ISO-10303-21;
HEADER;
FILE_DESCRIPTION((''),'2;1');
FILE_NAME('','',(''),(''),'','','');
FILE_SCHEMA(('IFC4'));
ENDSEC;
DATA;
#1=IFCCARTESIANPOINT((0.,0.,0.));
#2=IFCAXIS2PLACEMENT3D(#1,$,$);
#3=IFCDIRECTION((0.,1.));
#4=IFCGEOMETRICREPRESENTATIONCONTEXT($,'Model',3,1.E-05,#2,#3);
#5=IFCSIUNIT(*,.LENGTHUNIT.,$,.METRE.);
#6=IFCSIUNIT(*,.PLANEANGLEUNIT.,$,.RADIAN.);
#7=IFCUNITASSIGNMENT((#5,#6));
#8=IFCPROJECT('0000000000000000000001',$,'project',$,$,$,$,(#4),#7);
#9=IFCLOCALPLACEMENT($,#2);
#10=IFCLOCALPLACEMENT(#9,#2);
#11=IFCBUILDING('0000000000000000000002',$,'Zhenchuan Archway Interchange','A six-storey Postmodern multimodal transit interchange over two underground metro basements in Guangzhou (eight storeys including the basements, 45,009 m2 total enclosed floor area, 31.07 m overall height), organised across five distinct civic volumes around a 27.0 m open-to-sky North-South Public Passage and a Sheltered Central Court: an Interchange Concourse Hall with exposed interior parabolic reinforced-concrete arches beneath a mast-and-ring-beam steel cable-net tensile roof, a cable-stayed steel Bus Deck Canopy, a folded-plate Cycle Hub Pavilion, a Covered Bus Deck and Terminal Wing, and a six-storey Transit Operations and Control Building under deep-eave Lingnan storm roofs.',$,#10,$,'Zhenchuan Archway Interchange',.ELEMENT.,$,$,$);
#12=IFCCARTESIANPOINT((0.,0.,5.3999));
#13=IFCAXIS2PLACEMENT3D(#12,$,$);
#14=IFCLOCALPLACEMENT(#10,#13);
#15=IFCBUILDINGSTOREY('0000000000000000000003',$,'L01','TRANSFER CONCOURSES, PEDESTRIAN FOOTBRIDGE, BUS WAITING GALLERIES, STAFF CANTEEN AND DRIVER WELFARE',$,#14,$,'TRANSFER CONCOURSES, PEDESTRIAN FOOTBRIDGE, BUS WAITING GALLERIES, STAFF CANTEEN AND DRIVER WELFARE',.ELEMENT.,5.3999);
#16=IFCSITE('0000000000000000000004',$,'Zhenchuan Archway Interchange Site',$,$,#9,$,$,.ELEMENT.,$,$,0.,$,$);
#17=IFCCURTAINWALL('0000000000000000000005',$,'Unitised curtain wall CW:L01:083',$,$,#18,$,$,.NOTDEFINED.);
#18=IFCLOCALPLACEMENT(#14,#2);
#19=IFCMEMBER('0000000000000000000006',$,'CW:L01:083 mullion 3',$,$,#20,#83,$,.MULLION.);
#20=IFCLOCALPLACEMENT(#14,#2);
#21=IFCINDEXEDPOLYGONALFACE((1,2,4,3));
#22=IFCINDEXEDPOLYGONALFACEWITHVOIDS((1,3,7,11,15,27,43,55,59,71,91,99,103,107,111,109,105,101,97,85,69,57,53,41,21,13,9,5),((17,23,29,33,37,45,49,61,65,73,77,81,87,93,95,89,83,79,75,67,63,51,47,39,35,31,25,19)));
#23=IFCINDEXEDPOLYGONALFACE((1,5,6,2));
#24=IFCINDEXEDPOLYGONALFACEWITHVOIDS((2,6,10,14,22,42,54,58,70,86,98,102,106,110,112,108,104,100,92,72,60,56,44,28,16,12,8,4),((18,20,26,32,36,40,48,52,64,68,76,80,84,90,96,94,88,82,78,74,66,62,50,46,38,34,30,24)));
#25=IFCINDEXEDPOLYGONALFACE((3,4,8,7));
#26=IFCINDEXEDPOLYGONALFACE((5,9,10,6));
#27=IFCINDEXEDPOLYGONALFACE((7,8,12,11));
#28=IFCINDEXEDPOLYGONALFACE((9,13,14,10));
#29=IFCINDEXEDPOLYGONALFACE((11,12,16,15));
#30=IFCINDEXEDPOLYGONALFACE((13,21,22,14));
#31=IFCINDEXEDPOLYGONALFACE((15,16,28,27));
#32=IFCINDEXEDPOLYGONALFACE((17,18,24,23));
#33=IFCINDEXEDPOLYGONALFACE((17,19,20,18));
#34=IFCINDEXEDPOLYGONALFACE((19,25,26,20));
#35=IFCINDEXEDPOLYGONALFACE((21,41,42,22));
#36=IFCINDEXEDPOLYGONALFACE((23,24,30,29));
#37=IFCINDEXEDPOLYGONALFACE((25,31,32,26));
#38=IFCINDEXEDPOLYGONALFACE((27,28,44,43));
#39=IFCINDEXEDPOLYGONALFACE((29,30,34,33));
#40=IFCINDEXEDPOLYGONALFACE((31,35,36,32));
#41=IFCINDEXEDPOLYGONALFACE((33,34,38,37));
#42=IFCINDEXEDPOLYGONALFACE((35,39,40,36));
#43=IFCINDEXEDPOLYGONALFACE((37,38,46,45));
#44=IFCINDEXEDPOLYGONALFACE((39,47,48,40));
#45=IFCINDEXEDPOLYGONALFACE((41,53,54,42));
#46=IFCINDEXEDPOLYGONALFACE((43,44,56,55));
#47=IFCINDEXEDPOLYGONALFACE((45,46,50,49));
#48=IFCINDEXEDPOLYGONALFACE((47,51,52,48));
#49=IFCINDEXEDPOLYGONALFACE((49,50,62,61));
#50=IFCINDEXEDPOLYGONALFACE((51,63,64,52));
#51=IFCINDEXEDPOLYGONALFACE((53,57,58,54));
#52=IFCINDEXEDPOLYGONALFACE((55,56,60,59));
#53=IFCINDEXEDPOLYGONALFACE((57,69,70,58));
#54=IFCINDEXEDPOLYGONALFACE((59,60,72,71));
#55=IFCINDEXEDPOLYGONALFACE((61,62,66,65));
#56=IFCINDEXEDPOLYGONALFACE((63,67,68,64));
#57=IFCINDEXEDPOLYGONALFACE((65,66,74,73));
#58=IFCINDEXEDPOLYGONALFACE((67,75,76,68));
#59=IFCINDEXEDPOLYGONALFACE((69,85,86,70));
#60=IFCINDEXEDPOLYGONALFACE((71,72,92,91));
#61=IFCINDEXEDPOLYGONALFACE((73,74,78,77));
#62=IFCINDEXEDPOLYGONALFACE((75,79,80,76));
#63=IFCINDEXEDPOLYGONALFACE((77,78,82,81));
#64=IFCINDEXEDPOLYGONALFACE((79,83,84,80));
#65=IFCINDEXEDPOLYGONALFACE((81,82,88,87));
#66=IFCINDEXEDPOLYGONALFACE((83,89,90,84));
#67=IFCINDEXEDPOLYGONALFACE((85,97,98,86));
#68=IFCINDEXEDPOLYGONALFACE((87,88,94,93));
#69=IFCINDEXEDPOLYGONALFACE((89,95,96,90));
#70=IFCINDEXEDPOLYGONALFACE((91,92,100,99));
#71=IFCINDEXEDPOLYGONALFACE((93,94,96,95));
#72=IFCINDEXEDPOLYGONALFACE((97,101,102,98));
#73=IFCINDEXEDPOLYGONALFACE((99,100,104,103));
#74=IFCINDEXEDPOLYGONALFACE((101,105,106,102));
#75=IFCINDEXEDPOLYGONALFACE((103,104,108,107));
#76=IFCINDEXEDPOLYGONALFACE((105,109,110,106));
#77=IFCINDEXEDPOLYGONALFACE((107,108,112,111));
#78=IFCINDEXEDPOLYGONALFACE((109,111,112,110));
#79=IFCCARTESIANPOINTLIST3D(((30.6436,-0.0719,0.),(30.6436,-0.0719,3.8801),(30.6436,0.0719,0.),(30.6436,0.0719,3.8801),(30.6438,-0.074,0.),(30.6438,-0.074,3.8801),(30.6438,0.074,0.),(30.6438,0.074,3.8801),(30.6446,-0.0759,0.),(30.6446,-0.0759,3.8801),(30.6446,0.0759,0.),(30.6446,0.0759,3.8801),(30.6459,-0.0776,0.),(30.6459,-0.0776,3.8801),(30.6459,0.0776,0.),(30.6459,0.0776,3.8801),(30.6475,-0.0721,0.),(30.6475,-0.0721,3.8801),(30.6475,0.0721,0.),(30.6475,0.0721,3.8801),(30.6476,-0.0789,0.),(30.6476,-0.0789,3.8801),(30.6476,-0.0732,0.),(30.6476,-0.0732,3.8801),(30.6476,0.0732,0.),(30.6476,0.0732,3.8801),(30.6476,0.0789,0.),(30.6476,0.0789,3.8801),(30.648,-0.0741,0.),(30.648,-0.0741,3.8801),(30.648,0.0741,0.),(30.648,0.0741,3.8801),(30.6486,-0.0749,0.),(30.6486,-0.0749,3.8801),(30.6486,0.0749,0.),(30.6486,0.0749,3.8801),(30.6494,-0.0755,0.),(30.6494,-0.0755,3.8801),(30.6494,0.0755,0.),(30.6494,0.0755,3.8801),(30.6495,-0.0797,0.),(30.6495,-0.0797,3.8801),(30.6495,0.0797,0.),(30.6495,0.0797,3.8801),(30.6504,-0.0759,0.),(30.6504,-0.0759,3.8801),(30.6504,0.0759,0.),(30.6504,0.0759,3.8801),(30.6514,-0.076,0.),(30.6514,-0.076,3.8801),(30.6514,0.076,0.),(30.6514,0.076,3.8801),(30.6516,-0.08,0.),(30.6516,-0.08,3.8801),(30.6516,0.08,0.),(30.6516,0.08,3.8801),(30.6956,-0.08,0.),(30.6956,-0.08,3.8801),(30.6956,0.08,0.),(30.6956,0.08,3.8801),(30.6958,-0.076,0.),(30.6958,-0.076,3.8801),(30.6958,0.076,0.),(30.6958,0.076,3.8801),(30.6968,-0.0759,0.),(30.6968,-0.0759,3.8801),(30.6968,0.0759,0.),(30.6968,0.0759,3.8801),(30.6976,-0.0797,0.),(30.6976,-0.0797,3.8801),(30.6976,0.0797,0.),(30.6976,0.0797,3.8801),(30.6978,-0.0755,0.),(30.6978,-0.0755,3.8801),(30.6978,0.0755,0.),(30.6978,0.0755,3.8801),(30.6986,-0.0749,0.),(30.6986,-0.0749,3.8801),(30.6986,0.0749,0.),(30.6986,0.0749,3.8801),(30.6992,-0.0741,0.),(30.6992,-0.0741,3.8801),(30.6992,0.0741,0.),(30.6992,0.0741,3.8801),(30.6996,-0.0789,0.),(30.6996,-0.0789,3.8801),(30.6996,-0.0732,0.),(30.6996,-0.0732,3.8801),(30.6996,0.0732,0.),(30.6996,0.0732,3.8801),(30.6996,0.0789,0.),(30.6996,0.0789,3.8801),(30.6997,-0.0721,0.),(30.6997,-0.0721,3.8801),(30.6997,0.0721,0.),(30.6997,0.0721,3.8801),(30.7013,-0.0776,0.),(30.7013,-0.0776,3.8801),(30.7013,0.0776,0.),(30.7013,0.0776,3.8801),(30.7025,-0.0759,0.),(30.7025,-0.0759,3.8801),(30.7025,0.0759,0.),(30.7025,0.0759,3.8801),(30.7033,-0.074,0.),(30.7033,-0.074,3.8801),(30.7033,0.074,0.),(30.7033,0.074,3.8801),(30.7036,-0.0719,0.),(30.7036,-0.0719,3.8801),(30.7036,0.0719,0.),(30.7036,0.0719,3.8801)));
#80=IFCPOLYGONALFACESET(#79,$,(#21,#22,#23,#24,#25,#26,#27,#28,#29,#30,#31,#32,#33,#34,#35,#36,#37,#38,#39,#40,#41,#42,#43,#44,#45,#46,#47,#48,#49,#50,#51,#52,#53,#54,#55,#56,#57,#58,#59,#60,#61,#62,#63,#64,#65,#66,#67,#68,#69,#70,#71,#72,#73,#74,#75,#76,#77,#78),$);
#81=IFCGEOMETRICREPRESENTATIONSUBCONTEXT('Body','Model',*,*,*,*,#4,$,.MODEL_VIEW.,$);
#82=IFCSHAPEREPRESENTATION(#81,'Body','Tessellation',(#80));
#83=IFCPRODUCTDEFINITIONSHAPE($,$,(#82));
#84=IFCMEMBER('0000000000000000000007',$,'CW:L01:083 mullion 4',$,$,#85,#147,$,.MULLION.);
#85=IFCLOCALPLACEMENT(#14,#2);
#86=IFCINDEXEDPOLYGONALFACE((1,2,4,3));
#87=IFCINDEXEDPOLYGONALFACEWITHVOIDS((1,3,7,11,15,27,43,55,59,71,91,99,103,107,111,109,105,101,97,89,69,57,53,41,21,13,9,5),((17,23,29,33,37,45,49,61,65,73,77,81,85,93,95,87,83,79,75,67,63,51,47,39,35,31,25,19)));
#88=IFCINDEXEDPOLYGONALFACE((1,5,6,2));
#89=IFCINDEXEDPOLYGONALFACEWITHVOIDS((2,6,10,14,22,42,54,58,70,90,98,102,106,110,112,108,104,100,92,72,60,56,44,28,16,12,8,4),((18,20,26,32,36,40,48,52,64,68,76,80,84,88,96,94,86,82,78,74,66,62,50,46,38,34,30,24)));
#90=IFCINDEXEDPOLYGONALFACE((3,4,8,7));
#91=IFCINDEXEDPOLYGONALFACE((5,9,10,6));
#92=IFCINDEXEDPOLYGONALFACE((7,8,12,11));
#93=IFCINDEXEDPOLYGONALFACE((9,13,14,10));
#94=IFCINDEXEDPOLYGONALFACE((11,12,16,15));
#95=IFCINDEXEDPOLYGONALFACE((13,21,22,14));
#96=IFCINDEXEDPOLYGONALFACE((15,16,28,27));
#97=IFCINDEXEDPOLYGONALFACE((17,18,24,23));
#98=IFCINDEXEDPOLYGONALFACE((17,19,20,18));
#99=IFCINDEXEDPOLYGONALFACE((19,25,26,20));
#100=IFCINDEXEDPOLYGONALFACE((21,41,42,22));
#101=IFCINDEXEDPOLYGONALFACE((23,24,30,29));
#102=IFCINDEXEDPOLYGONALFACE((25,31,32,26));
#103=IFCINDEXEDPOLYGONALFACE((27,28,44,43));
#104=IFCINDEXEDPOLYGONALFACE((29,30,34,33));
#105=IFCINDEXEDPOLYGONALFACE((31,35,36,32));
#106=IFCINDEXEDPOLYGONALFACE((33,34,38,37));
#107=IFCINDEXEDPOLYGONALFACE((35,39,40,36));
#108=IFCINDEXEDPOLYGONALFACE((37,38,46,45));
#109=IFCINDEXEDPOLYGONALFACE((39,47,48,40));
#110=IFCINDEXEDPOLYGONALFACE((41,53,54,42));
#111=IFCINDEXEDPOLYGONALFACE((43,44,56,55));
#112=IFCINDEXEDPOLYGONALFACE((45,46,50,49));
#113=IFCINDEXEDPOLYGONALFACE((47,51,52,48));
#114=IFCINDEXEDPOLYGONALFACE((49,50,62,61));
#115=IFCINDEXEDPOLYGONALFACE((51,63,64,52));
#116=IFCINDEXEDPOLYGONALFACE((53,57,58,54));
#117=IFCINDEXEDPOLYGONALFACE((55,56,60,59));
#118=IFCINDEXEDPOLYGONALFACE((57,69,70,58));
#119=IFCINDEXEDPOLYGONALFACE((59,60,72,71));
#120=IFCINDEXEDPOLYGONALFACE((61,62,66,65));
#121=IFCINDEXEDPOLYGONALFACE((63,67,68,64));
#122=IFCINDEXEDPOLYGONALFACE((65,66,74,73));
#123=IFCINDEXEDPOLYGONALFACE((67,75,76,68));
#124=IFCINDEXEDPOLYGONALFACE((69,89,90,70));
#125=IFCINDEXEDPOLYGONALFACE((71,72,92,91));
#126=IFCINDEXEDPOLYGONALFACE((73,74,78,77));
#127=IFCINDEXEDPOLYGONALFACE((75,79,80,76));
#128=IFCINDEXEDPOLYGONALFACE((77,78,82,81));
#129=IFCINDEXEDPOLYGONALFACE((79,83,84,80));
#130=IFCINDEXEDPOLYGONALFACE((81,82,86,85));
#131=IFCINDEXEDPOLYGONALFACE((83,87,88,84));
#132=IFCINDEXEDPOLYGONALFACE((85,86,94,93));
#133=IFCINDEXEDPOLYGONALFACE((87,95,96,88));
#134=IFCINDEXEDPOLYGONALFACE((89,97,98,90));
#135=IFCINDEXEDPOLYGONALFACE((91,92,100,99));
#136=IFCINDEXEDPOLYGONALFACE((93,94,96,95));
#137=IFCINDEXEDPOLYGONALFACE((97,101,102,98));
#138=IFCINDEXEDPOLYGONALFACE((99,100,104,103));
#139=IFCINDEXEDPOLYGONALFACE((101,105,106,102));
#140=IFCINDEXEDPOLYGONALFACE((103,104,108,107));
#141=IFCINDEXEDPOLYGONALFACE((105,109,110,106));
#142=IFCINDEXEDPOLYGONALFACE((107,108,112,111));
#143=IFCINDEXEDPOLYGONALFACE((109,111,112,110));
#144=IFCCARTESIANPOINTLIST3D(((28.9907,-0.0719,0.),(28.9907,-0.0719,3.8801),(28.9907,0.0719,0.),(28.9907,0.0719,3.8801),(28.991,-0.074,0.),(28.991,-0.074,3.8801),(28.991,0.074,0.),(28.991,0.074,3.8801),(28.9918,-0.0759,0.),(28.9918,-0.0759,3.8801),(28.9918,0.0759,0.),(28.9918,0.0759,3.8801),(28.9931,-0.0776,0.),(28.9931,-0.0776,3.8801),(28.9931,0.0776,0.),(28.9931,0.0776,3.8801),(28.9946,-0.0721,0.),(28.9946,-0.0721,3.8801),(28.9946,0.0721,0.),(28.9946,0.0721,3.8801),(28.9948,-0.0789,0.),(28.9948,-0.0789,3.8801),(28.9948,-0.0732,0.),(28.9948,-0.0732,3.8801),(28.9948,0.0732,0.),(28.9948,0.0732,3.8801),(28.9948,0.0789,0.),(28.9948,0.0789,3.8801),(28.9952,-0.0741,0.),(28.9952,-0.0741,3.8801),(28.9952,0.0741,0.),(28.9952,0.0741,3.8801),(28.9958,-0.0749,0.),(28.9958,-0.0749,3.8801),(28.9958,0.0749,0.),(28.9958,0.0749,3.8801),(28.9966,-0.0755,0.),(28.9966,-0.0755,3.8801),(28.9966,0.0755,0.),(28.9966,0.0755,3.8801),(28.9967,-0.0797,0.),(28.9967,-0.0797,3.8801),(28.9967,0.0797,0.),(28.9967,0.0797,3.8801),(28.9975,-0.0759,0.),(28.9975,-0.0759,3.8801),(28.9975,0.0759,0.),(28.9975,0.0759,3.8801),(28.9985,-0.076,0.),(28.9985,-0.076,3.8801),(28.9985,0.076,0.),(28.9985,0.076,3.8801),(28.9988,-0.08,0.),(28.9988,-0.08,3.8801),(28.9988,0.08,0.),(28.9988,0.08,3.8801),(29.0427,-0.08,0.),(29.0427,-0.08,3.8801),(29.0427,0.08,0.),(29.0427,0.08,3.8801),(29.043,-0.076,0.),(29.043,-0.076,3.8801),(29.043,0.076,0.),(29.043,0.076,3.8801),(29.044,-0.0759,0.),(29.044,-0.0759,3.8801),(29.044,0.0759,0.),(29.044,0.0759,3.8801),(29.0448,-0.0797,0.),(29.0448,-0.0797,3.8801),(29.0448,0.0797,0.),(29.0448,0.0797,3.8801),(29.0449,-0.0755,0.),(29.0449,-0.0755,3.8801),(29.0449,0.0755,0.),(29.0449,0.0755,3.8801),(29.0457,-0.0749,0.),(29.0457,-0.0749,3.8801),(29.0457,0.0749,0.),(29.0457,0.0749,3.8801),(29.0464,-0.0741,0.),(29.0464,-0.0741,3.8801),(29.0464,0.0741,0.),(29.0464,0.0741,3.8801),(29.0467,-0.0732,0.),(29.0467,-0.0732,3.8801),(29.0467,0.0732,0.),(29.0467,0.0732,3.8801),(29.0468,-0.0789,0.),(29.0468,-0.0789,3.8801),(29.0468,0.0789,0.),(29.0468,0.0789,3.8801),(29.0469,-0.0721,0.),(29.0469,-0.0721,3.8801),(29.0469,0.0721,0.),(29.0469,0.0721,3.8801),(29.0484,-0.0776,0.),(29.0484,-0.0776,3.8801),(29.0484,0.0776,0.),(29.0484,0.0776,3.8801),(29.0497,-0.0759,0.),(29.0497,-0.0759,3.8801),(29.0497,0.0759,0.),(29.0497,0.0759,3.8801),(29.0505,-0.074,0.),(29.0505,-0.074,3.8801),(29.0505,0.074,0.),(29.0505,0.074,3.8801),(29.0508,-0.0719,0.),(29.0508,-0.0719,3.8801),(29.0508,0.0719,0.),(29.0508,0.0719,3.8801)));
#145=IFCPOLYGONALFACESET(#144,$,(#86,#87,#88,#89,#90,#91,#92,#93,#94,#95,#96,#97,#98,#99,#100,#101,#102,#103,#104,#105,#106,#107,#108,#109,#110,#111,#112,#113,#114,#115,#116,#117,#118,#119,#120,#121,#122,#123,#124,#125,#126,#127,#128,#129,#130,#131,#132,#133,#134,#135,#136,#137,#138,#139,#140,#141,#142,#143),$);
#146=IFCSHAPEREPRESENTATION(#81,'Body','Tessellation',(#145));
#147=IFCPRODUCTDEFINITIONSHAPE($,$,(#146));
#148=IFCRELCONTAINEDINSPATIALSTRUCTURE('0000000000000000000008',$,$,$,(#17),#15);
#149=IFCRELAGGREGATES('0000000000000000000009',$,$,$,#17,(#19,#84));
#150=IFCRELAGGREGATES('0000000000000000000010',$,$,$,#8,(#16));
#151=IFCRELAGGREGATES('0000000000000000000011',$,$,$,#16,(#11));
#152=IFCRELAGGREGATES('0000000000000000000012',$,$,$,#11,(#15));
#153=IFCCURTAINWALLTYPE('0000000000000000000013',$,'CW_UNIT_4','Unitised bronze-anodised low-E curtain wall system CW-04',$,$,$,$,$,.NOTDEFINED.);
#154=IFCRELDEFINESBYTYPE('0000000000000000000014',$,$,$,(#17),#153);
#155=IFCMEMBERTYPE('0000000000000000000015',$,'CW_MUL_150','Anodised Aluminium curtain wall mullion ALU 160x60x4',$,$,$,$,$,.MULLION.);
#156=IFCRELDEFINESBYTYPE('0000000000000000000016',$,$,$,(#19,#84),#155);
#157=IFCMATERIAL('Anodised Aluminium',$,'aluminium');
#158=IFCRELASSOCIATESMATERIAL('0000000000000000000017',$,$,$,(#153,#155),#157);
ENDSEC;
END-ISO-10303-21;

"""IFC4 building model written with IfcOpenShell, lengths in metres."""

from ifc_helpers import new_model, si_unit, direction, frame, origin, origin_2d, place, context, subcontext, project, spatial, hollow_rectangle, extrude, material, material_profile, profile_set, type_object, element, aggregate, save


model = new_model("IFC4")

# Units and contexts
model_context = context("Model", 3, precision=1e-05, world=origin(), true_north=direction((0.0, 1.0)))
body_context = subcontext(model_context, "Body", "Model", "MODEL_VIEW")
ifc_project = project(units=[si_unit("LENGTHUNIT", "METRE"), si_unit("PLANEANGLEUNIT", "RADIAN")], contexts=[model_context])

# Site, building, storey
site_placement = place(None, origin())
site = spatial("IfcSite", under=ifc_project, at=site_placement, Name="Zhenchuan Archway Interchange Site", CompositionType="ELEMENT", RefElevation=0.0)
building_placement = place(site_placement, origin())
building = spatial("IfcBuilding", under=site, at=building_placement, Name="Zhenchuan Archway Interchange", Description="A six-storey Postmodern multimodal transit interchange over two underground metro basements in Guangzhou (eight storeys including the basements, 45,009 m2 total enclosed floor area, 31.07 m overall height), organised across five distinct civic volumes around a 27.0 m open-to-sky North-South Public Passage and a Sheltered Central Court: an Interchange Concourse Hall with exposed interior parabolic reinforced-concrete arches beneath a mast-and-ring-beam steel cable-net tensile roof, a cable-stayed steel Bus Deck Canopy, a folded-plate Cycle Hub Pavilion, a Covered Bus Deck and Terminal Wing, and a six-storey Transit Operations and Control Building under deep-eave Lingnan storm roofs.", LongName="Zhenchuan Archway Interchange", CompositionType="ELEMENT")
storey_placement = place(building_placement, frame((0.0, 0.0, 5.3999)))
storey = spatial("IfcBuildingStorey", under=building, at=storey_placement, Name="L01", Description="TRANSFER CONCOURSES, PEDESTRIAN FOOTBRIDGE, BUS WAITING GALLERIES, STAFF CANTEEN AND DRIVER WELFARE", LongName="TRANSFER CONCOURSES, PEDESTRIAN FOOTBRIDGE, BUS WAITING GALLERIES, STAFF CANTEEN AND DRIVER WELFARE", CompositionType="ELEMENT", Elevation=5.3999)

# Curtain wall, members
ifc_material_1 = material(Name="Anodised Aluminium", Category="aluminium")
curtain_wall_type = type_object("IfcCurtainWallType", Name="CW_UNIT_4", Description="Unitised bronze-anodised low-E curtain wall system CW-04", PredefinedType="NOTDEFINED", material=ifc_material_1)
curtain_wall_placement = place(storey_placement, origin())
curtain_wall = element("IfcCurtainWall", 1, at=curtain_wall_placement, inside=storey, type_object=curtain_wall_type, Name="Unitised curtain wall CW:L01:083", PredefinedType="NOTDEFINED")
ifc_material_profile_1 = material_profile(ifc_material_1, hollow_rectangle(XDim=0.0601, YDim=0.1599, WallThickness=0.0039, InnerFilletRadius=0.0039, OuterFilletRadius=0.0081, at=origin_2d()), Name="ALU 160x60x4")
ifc_profile_set_1 = profile_set([ifc_material_profile_1], Name="Anodised Aluminium")
member_type_1 = type_object("IfcMemberType", Name="CW_MUL_150", Description="Anodised Aluminium curtain wall mullion ALU 160x60x4", PredefinedType="MULLION", material=ifc_profile_set_1)
member_1_placement = place(storey_placement, frame((30.6736, 0.0, 0.0), z_axis=(0.0, 0.0, 1.0), x_axis=(1.0, 0.0, 0.0)))
member_1 = element("IfcMember", 2, at=member_1_placement, type_object=member_type_1, Name="CW:L01:083 mullion 3", PredefinedType="MULLION", context=body_context, shape_type="SweptSolid", body=[
    extrude(hollow_rectangle(XDim=0.0601, YDim=0.1599, WallThickness=0.0039, InnerFilletRadius=0.0039, OuterFilletRadius=0.0081, at=origin_2d()), origin(), (0.0, 0.0, 1.0), 3.8801),
])
member_2_placement = place(storey_placement, frame((29.0208, 0.0, 0.0), z_axis=(0.0, 0.0, 1.0), x_axis=(1.0, 0.0, 0.0)))
member_2 = element("IfcMember", 3, at=member_2_placement, type_object=member_type_1, Name="CW:L01:083 mullion 4", PredefinedType="MULLION", context=body_context, shape_type="SweptSolid", body=[
    extrude(hollow_rectangle(XDim=0.0601, YDim=0.1599, WallThickness=0.0039, InnerFilletRadius=0.0039, OuterFilletRadius=0.0081, at=origin_2d()), origin(), (0.0, 0.0, 1.0), 3.8801),
])

aggregate(curtain_wall, [member_1, member_2])

save(model, "model.ifc")
